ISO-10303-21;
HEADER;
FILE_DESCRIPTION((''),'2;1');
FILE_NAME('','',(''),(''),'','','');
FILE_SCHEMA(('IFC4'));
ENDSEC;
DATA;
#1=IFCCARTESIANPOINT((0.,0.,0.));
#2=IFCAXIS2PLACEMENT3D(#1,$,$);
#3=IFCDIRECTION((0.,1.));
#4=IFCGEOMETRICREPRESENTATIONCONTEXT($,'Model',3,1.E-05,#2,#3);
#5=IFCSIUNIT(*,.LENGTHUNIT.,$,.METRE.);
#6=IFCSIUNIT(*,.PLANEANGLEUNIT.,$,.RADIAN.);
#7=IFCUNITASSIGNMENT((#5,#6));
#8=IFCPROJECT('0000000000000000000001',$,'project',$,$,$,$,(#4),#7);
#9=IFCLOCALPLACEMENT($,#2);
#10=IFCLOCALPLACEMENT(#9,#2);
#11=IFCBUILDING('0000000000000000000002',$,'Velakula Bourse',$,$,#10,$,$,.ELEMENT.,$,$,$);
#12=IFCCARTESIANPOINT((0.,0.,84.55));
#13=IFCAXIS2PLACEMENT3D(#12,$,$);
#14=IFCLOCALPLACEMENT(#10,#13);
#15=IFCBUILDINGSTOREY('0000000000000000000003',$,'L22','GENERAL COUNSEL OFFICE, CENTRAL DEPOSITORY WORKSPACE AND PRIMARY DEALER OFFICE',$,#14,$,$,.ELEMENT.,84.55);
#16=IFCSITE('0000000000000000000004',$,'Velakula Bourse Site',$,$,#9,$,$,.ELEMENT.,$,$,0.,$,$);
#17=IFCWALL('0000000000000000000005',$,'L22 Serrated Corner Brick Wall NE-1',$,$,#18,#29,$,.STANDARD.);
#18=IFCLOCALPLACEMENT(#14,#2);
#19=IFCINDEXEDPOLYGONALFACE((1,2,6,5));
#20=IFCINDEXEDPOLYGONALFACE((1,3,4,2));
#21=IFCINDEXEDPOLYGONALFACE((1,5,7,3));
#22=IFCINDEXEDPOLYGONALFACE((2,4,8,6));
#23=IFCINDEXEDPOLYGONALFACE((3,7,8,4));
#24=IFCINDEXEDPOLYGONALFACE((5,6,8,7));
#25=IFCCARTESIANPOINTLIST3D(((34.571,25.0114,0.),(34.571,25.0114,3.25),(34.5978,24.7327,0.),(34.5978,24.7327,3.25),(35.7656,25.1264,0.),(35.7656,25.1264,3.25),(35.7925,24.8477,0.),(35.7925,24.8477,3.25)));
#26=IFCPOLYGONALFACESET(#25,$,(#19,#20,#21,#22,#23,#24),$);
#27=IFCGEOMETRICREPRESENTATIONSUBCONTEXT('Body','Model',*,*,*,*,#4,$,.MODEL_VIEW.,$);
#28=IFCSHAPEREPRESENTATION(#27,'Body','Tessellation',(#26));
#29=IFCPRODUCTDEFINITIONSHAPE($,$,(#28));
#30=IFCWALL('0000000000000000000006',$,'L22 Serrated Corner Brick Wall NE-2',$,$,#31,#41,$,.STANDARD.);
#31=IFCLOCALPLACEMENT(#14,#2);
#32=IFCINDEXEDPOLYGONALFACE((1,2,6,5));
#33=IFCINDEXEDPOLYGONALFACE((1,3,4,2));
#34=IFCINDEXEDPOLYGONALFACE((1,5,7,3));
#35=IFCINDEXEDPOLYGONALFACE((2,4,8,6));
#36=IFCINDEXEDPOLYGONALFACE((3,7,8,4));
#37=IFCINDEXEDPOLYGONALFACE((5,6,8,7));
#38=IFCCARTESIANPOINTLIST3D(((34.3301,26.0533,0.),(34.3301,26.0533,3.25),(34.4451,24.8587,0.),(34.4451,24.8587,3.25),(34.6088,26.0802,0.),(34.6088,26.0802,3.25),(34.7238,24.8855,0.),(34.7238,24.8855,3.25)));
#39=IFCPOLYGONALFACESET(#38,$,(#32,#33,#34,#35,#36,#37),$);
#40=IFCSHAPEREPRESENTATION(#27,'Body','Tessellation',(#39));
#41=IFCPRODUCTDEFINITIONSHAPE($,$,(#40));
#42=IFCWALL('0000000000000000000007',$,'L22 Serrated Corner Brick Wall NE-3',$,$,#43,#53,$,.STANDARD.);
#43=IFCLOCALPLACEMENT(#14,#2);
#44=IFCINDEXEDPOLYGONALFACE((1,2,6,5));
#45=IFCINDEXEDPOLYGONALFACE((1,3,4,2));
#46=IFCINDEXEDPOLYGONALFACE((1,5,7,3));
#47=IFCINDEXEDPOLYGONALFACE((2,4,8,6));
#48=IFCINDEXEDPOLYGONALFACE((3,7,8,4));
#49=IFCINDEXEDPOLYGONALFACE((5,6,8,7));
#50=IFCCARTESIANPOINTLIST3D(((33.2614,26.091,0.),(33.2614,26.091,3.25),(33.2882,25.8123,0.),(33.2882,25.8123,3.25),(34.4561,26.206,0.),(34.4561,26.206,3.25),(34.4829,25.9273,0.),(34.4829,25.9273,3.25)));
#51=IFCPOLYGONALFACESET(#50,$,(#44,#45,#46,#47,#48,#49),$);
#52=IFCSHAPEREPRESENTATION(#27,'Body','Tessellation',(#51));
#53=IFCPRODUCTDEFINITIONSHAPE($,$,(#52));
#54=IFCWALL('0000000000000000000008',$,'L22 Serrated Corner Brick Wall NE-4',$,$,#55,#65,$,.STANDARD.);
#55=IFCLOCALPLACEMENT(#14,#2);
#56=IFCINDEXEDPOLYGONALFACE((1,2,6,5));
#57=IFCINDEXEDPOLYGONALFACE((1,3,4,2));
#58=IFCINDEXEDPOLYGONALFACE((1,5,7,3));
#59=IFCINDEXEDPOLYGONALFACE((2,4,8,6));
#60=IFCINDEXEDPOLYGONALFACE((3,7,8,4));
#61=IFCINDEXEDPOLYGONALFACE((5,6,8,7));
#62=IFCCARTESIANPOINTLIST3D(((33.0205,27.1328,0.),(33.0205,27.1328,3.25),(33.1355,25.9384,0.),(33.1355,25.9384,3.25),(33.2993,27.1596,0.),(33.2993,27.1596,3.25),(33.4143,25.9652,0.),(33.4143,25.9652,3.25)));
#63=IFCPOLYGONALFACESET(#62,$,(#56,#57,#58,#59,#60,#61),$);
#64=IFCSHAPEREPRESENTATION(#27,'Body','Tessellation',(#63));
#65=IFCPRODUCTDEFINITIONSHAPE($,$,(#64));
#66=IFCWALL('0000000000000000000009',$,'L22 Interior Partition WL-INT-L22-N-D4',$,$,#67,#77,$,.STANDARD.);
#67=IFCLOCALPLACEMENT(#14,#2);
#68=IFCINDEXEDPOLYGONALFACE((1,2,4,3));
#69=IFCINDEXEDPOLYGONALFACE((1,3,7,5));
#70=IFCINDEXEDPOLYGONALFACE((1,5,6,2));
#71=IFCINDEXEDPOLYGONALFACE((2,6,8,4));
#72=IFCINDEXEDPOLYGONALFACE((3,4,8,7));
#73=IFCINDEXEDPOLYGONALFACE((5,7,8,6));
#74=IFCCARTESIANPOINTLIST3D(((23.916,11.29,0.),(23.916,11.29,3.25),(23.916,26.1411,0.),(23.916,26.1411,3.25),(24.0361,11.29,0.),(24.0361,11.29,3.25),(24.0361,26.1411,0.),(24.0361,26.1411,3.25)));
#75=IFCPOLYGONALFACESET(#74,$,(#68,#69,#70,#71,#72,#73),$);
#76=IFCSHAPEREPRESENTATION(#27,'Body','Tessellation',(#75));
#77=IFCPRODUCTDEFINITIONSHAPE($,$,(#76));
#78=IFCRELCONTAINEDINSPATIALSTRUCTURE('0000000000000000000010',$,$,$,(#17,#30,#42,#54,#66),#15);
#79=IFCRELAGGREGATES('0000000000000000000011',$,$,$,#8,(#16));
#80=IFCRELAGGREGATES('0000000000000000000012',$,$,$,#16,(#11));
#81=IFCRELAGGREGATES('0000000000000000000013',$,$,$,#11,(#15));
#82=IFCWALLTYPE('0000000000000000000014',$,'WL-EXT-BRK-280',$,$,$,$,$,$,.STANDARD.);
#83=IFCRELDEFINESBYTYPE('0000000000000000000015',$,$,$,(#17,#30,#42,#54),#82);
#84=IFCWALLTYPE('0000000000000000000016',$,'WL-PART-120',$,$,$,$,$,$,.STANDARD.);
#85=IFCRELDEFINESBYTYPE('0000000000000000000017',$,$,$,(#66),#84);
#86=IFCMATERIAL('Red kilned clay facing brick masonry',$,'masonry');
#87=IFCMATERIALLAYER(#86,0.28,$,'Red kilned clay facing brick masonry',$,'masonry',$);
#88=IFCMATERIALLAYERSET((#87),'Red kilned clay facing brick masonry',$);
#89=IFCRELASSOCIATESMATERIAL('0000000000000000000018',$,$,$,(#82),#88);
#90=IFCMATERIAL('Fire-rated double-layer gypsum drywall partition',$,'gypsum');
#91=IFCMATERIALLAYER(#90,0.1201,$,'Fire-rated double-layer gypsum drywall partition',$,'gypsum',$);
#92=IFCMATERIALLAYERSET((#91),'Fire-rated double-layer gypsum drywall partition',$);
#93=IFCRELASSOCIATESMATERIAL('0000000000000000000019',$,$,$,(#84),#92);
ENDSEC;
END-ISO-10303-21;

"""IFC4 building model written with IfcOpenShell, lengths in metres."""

from ifc_helpers import new_model, si_unit, direction, frame, frame_2d, origin, place, context, subcontext, project, spatial, rectangle, extrude, material, layer, layer_set, type_object, element, save


model = new_model("IFC4")

# Units and contexts
model_context = context("Model", 3, precision=1e-05, world=origin(), true_north=direction((0.0, 1.0)))
body_context = subcontext(model_context, "Body", "Model", "MODEL_VIEW")
ifc_project = project(units=[si_unit("LENGTHUNIT", "METRE"), si_unit("PLANEANGLEUNIT", "RADIAN")], contexts=[model_context])

# Site, building, storey
site_placement = place(None, origin())
site = spatial("IfcSite", under=ifc_project, at=site_placement, Name="Velakula Bourse Site", CompositionType="ELEMENT", RefElevation=0.0)
building_placement = place(site_placement, origin())
building = spatial("IfcBuilding", under=site, at=building_placement, Name="Velakula Bourse", CompositionType="ELEMENT")
storey_placement = place(building_placement, frame((0.0, 0.0, 84.55)))
storey = spatial("IfcBuildingStorey", under=building, at=storey_placement, Name="L22", Description="GENERAL COUNSEL OFFICE, CENTRAL DEPOSITORY WORKSPACE AND PRIMARY DEALER OFFICE", CompositionType="ELEMENT", Elevation=84.55)

# Shared definitions
ifc_material_1 = material(Name="Red kilned clay facing brick masonry", Category="masonry")
ifc_layer_1 = layer(ifc_material_1, 0.28, Name="Red kilned clay facing brick masonry", Category="masonry")
ifc_layer_set_1 = layer_set([ifc_layer_1], Name="Red kilned clay facing brick masonry")
wall_type_1 = type_object("IfcWallType", Name="WL-EXT-BRK-280", PredefinedType="STANDARD", material=ifc_layer_set_1)

# Walls
for number, where, z_axis, x_axis, name in (
    (1, (35.7791, 24.9871, 0.0), (0.0, 0.0, 1.0), (-0.995399, -0.095817, 0.0), "L22 Serrated Corner Brick Wall NE-1"),
    (2, (34.5845, 24.8721, 0.0), (0.0, 0.0, 1.0), (-0.095817, 0.995399, 0.0), "L22 Serrated Corner Brick Wall NE-2"),
    (3, (34.4695, 26.0667, 0.0), (0.0, 0.0, 1.0), (-0.995399, -0.095817, 0.0), "L22 Serrated Corner Brick Wall NE-3"),
):
    element("IfcWall", number, at=place(storey_placement, frame(where, z_axis=z_axis, x_axis=x_axis)), inside=storey, type_object=wall_type_1, Name=name, PredefinedType="STANDARD", context=body_context, shape_type="SweptSolid", body=[
        extrude(rectangle(XDim=1.2002, YDim=0.28, at=frame_2d((0.6001, 0.0))), origin(), (0.0, 0.0, 1.0), 3.25),
    ])
wall_1_placement = place(storey_placement, frame((33.2749, 25.9517, 0.0), z_axis=(0.0, 0.0, 1.0), x_axis=(-0.095836, 0.995397, 0.0)))
element("IfcWall", 4, at=wall_1_placement, inside=storey, type_object=wall_type_1, Name="L22 Serrated Corner Brick Wall NE-4", PredefinedType="STANDARD", context=body_context, shape_type="SweptSolid", body=[
    extrude(rectangle(XDim=1.2, YDim=0.28, at=frame_2d((0.6001, 0.0))), origin(), (0.0, 0.0, 1.0), 3.25),
])
ifc_material_2 = material(Name="Fire-rated double-layer gypsum drywall partition", Category="gypsum")
ifc_layer_2 = layer(ifc_material_2, 0.1201, Name="Fire-rated double-layer gypsum drywall partition", Category="gypsum")
ifc_layer_set_2 = layer_set([ifc_layer_2], Name="Fire-rated double-layer gypsum drywall partition")
wall_type_2 = type_object("IfcWallType", Name="WL-PART-120", PredefinedType="STANDARD", material=ifc_layer_set_2)
wall_2_placement = place(storey_placement, frame((23.9761, 11.29, 0.0), z_axis=(0.0, 0.0, 1.0), x_axis=(0.0, 1.0, 0.0)))
element("IfcWall", 5, at=wall_2_placement, inside=storey, type_object=wall_type_2, Name="L22 Interior Partition WL-INT-L22-N-D4", PredefinedType="STANDARD", context=body_context, shape_type="SweptSolid", body=[
    extrude(rectangle(XDim=14.8511, YDim=0.1201, at=frame_2d((7.4255, 0.0))), origin(), (0.0, 0.0, 1.0), 3.25),
])

save(model, "model.ifc")
